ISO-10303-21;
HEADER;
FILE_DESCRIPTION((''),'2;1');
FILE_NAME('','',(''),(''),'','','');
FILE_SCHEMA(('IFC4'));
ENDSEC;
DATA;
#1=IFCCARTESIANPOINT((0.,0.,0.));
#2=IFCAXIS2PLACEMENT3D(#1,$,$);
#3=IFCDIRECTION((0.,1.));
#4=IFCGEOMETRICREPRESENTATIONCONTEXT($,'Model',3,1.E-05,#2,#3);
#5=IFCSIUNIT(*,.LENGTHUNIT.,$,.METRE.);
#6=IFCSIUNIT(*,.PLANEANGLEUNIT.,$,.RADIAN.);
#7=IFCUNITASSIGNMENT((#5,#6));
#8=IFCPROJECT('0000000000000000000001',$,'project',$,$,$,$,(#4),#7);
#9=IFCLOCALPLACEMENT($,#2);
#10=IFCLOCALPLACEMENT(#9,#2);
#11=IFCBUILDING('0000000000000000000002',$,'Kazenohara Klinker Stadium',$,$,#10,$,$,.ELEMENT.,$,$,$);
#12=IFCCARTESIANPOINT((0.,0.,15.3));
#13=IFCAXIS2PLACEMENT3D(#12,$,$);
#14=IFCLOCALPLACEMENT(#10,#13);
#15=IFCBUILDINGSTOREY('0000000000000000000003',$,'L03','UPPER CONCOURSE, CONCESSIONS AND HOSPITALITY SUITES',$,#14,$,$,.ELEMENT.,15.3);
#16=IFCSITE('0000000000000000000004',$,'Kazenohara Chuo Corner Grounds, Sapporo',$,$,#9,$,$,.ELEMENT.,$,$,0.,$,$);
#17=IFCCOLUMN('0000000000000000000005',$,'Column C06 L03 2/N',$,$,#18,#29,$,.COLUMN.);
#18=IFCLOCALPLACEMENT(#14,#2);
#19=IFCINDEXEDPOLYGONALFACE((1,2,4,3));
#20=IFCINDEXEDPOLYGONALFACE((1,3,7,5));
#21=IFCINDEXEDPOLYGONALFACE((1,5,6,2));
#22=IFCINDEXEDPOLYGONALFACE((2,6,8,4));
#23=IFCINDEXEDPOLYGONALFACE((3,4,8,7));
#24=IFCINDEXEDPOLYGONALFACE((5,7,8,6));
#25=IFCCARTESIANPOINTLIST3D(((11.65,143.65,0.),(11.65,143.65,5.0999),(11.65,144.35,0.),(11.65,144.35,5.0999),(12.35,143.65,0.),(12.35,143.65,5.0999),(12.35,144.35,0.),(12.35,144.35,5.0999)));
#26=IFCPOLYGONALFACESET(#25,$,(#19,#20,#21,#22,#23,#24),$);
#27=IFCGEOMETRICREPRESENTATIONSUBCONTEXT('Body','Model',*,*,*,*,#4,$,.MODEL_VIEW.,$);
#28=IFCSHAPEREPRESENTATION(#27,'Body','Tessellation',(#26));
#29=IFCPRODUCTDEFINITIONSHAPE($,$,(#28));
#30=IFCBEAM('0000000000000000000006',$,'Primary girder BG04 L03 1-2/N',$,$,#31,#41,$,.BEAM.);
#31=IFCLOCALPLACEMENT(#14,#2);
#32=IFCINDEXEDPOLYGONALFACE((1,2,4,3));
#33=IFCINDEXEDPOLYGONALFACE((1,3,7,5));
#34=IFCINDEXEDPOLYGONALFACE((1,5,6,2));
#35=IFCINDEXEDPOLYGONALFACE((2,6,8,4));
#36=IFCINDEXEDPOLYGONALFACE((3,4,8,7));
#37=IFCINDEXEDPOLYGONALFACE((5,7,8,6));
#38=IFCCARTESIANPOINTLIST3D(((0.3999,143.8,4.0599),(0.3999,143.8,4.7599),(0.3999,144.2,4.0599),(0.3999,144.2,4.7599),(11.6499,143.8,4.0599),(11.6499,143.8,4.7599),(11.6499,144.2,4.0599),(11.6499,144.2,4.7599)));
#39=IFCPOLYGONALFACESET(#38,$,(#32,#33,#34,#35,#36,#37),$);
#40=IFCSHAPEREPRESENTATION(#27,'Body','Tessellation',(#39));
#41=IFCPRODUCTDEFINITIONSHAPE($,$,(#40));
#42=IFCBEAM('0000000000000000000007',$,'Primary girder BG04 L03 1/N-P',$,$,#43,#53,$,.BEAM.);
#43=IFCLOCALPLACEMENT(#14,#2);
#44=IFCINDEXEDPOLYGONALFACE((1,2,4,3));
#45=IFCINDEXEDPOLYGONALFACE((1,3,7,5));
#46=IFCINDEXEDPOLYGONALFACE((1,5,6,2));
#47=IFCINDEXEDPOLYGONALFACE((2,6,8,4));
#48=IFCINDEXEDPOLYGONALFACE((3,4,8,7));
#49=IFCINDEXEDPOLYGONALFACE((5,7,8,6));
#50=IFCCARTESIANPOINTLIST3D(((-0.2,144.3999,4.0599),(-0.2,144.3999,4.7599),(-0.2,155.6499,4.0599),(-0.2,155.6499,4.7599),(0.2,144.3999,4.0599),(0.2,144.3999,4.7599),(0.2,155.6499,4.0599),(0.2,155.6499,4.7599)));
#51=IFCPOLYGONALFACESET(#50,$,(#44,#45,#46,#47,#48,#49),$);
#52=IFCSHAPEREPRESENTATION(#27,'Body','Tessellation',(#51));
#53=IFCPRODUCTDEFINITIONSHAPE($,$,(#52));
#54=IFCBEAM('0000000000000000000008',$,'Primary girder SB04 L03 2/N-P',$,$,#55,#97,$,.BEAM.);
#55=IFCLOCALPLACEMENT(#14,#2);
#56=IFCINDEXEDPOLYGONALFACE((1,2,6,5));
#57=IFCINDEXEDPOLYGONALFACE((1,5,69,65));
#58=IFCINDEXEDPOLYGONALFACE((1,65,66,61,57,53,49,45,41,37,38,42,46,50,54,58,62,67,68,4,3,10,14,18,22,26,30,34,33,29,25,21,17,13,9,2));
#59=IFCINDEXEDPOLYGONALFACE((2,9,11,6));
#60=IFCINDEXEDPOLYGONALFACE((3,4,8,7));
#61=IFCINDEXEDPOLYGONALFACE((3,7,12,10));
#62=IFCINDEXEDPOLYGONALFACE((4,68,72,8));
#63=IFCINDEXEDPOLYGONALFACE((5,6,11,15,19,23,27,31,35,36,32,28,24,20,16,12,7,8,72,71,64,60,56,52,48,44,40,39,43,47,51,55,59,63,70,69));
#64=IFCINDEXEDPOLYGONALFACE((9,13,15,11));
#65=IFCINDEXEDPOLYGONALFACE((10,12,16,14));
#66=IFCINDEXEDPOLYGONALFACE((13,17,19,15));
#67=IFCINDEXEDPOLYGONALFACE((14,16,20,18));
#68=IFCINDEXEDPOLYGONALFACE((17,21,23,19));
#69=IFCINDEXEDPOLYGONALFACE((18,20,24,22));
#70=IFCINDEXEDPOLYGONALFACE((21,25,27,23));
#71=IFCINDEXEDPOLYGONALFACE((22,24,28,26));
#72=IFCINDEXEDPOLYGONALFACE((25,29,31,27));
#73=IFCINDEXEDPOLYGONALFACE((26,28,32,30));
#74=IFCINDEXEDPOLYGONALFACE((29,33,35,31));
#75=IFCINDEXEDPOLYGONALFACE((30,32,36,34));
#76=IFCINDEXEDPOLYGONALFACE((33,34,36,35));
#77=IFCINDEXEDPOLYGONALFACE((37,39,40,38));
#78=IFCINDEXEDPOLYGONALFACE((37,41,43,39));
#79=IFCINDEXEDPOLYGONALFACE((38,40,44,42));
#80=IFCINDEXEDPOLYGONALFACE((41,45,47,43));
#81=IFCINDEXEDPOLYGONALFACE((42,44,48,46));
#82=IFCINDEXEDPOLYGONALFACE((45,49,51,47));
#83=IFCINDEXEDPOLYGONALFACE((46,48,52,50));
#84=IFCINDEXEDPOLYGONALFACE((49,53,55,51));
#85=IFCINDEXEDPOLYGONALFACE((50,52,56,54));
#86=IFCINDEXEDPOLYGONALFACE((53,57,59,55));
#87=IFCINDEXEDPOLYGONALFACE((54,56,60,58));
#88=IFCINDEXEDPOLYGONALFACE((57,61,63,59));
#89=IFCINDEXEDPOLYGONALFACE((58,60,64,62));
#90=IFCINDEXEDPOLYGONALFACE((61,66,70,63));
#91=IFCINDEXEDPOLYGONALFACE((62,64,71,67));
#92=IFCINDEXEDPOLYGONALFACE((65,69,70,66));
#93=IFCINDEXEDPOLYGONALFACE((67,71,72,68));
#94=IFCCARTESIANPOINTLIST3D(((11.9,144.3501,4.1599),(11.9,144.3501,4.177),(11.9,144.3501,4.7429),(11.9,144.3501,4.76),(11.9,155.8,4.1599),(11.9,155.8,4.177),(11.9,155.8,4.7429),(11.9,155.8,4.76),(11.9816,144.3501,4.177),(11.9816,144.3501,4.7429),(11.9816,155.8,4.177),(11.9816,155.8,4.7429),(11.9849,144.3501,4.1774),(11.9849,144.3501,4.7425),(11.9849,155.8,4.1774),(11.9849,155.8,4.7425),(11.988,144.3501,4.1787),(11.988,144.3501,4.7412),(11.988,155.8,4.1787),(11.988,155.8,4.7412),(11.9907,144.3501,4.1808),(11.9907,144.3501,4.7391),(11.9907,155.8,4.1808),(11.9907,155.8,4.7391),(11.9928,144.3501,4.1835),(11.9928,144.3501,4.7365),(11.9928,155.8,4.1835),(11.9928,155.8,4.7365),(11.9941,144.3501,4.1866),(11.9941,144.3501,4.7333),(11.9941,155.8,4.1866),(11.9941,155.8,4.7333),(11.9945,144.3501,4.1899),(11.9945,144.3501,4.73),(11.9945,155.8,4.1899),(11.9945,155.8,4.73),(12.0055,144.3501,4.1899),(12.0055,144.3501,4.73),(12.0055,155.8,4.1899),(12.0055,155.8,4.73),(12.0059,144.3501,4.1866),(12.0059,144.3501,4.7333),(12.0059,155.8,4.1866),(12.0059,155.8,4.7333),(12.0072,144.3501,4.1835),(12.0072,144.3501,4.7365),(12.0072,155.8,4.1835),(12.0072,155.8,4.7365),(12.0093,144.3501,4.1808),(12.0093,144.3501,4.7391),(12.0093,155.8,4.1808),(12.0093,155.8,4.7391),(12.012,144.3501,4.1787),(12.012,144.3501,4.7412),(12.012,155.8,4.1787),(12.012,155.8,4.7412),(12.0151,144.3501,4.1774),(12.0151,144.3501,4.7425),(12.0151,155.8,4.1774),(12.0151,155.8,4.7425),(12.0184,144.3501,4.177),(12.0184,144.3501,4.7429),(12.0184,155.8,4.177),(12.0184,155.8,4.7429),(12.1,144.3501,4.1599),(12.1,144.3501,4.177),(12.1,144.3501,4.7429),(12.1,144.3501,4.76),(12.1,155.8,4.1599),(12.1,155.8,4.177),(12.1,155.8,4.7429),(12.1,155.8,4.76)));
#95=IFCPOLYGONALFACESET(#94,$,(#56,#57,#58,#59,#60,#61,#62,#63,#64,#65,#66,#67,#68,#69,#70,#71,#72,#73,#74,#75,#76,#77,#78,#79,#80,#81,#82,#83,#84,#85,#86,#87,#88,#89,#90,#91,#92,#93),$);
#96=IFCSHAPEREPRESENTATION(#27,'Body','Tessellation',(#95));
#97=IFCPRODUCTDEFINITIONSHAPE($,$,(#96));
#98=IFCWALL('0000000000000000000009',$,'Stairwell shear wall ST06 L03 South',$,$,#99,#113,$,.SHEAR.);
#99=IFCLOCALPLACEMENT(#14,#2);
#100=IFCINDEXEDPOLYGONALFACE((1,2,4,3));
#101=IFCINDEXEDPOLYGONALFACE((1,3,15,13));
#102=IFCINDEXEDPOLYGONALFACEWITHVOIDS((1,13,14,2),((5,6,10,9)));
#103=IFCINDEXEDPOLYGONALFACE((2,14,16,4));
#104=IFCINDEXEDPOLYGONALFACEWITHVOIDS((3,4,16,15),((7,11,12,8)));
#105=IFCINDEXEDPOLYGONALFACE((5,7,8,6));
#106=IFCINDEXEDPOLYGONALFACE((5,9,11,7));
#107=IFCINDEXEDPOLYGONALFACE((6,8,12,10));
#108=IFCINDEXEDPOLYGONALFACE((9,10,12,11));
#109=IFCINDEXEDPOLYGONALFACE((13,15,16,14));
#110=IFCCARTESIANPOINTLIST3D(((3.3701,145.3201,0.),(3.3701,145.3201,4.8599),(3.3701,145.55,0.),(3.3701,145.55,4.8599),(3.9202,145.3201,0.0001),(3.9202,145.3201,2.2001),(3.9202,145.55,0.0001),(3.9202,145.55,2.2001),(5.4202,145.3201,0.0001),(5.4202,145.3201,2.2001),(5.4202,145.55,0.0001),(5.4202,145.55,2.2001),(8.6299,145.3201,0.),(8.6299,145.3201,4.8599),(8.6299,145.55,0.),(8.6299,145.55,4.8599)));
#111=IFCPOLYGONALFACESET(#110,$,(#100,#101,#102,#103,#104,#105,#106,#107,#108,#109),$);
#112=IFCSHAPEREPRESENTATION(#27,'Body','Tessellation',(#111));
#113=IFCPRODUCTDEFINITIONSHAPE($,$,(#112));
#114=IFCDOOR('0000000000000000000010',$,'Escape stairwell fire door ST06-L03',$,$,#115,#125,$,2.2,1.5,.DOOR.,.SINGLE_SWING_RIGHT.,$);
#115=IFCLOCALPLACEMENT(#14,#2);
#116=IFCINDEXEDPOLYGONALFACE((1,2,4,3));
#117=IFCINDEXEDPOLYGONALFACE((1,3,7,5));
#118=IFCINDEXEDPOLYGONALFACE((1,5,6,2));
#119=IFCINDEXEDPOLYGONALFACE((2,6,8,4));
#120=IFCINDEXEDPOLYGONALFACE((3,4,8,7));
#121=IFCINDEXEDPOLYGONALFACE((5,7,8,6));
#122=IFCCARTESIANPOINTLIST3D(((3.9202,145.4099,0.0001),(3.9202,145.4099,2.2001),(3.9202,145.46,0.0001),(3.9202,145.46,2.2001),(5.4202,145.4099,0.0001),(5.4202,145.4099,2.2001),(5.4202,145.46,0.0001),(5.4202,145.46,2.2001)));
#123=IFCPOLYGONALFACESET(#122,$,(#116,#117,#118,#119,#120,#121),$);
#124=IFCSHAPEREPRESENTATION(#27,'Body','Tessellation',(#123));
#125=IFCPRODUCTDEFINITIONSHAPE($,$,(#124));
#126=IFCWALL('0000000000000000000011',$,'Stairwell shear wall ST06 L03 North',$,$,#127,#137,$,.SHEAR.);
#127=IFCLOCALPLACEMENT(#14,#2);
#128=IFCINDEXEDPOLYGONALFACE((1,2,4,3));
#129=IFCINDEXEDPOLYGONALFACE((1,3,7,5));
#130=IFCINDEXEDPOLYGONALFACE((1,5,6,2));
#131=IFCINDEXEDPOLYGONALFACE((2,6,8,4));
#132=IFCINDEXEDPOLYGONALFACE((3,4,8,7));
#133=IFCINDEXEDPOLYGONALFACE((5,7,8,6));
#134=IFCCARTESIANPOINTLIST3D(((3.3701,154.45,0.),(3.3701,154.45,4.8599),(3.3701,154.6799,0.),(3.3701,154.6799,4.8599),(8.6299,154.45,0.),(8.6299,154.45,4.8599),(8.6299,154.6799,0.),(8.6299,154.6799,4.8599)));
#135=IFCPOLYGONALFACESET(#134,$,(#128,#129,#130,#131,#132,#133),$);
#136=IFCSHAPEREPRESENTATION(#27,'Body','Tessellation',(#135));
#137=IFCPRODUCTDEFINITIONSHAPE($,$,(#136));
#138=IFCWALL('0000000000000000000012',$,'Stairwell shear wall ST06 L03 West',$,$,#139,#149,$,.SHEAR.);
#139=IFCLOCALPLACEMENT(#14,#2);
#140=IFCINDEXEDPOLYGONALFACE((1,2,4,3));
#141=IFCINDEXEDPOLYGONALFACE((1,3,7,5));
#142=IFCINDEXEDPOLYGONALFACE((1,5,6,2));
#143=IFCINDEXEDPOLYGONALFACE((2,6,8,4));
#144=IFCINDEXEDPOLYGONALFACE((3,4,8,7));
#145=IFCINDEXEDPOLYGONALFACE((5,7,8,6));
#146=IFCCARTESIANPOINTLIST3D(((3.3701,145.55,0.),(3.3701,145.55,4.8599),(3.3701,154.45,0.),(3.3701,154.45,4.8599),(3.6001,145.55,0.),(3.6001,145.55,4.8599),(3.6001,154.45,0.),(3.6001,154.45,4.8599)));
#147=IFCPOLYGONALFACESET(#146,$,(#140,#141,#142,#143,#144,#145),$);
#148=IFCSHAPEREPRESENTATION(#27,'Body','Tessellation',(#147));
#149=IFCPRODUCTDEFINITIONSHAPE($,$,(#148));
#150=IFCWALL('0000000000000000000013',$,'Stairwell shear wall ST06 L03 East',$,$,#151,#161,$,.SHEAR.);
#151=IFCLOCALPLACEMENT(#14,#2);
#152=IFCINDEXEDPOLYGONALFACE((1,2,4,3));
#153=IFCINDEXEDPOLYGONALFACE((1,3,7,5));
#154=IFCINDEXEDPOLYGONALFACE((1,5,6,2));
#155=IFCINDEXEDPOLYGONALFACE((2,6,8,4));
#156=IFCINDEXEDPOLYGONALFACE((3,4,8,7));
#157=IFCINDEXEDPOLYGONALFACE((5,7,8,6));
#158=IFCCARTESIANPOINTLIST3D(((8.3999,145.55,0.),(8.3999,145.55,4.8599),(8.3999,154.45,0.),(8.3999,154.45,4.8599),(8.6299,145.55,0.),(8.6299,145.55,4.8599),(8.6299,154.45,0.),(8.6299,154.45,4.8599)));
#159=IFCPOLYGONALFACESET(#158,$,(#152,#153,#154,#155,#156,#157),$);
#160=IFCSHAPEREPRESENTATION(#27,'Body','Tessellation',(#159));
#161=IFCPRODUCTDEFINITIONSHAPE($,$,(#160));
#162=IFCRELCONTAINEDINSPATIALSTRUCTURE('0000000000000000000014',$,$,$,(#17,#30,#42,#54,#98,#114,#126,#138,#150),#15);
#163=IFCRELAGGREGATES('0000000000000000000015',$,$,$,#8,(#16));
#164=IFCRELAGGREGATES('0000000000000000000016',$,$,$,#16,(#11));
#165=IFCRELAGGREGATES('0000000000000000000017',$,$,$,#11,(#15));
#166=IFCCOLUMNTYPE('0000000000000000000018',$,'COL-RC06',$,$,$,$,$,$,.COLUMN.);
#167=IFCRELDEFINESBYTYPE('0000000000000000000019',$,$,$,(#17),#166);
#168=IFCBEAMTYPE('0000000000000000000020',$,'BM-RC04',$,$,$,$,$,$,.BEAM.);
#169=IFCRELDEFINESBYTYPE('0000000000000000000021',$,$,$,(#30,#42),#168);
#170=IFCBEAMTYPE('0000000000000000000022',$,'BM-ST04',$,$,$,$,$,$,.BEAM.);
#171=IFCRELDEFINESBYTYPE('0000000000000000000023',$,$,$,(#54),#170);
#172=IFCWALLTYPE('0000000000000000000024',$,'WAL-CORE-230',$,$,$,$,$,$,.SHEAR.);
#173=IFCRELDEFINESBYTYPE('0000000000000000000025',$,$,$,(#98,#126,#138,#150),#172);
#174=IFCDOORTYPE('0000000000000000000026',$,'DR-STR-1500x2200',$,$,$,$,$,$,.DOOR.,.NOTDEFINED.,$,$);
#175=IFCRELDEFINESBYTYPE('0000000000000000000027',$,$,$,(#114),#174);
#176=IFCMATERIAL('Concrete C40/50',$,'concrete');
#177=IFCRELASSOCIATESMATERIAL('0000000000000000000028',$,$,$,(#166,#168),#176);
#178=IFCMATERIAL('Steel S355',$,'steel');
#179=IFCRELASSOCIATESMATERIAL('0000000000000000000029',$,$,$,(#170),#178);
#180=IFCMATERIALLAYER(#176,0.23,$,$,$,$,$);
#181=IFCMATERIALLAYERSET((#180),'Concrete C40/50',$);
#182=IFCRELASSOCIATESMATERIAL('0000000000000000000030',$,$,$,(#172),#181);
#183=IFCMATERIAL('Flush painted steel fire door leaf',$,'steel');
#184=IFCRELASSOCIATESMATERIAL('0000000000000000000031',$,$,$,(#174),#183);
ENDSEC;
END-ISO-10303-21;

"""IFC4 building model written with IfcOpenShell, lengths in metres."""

from ifc_helpers import new_model, si_unit, direction, frame, frame_2d, origin, origin_2d, place, context, subcontext, project, spatial, rectangle, i_section, extrude, material, layer, layer_set, material_profile, profile_set, type_object, element, fill, save


model = new_model("IFC4")

# Units and contexts
model_context = context("Model", 3, precision=1e-05, world=origin(), true_north=direction((0.0, 1.0)))
body_context = subcontext(model_context, "Body", "Model", "MODEL_VIEW")
ifc_project = project(units=[si_unit("LENGTHUNIT", "METRE"), si_unit("PLANEANGLEUNIT", "RADIAN")], contexts=[model_context])

# Site, building, storey
site_placement = place(None, origin())
site = spatial("IfcSite", under=ifc_project, at=site_placement, Name="Kazenohara Chuo Corner Grounds, Sapporo", CompositionType="ELEMENT", RefElevation=0.0)
building_placement = place(site_placement, origin())
building = spatial("IfcBuilding", under=site, at=building_placement, Name="Kazenohara Klinker Stadium", CompositionType="ELEMENT")
storey_placement = place(building_placement, frame((0.0, 0.0, 15.3)))
storey = spatial("IfcBuildingStorey", under=building, at=storey_placement, Name="L03", Description="UPPER CONCOURSE, CONCESSIONS AND HOSPITALITY SUITES", CompositionType="ELEMENT", Elevation=15.3)

# Column
ifc_material_1 = material(Name="Concrete C40/50", Category="concrete")
ifc_material_profile_1 = material_profile(ifc_material_1, rectangle(XDim=0.7, YDim=0.7, at=origin_2d()), Name="RC-COL-700x700")
ifc_profile_set_1 = profile_set([ifc_material_profile_1], Name="Concrete C40/50")
column_type = type_object("IfcColumnType", Name="COL-RC06", PredefinedType="COLUMN", material=ifc_profile_set_1)
column_placement = place(storey_placement, frame((12.0, 144.0, 0.0), z_axis=(0.0, 0.0, 1.0), x_axis=(1.0, 0.0, 0.0)))
element("IfcColumn", 1, at=column_placement, inside=storey, type_object=column_type, Name="Column C06 L03 2/N", PredefinedType="COLUMN", context=body_context, shape_type="SweptSolid", body=[
    extrude(rectangle(XDim=0.7, YDim=0.7, at=origin_2d()), origin(), (0.0, 0.0, 1.0), 5.0999),
])

# Beams
ifc_material_profile_2 = material_profile(ifc_material_1, rectangle(XDim=0.3999, YDim=0.7, at=origin_2d()), Name="RC-BM-400x700")
ifc_profile_set_2 = profile_set([ifc_material_profile_2], Name="Concrete C40/50")
beam_type_1 = type_object("IfcBeamType", Name="BM-RC04", PredefinedType="BEAM", material=ifc_profile_set_2)
for number, where, z_axis, x_axis, name in (
    (2, (0.3999, 144.0, 4.4099), (1.0, 0.0, 0.0), (0.0, 1.0, 0.0), "Primary girder BG04 L03 1-2/N"),
    (3, (0.0, 144.3999, 4.4099), (0.0, 1.0, 0.0), (-1.0, 0.0, 0.0), "Primary girder BG04 L03 1/N-P"),
):
    element("IfcBeam", number, at=place(storey_placement, frame(where, z_axis=z_axis, x_axis=x_axis)), inside=storey, type_object=beam_type_1, Name=name, PredefinedType="BEAM", context=body_context, shape_type="SweptSolid", body=[
        extrude(rectangle(XDim=0.3999, YDim=0.7, at=origin_2d()), origin(), (0.0, 0.0, 1.0), 11.25),
    ])
ifc_material_2 = material(Name="Steel S355", Category="steel")
ifc_material_profile_3 = material_profile(ifc_material_2, i_section(OverallWidth=0.2, OverallDepth=0.6001, WebThickness=0.011, FlangeThickness=0.0171, FilletRadius=0.0129, at=origin_2d()), Name="H-600x200x11x17")
ifc_profile_set_3 = profile_set([ifc_material_profile_3], Name="Steel S355")
beam_type_2 = type_object("IfcBeamType", Name="BM-ST04", PredefinedType="BEAM", material=ifc_profile_set_3)
beam_placement = place(storey_placement, frame((12.0, 144.3501, 4.46), z_axis=(0.0, 1.0, 0.0), x_axis=(-1.0, 0.0, 0.0)))
element("IfcBeam", 4, at=beam_placement, inside=storey, type_object=beam_type_2, Name="Primary girder SB04 L03 2/N-P", PredefinedType="BEAM", context=body_context, shape_type="SweptSolid", body=[
    extrude(i_section(OverallWidth=0.2, OverallDepth=0.6001, WebThickness=0.011, FlangeThickness=0.0171, FilletRadius=0.0129, at=origin_2d()), origin(), (0.0, 0.0, 1.0), 11.45),
])

# Wall, opening, door
ifc_layer_1 = layer(ifc_material_1, 0.23)
ifc_layer_set_1 = layer_set([ifc_layer_1], Name="Concrete C40/50")
wall_type_1 = type_object("IfcWallType", Name="WAL-CORE-230", PredefinedType="SHEAR", material=ifc_layer_set_1)
wall_1_placement = place(storey_placement, frame((3.3701, 145.4351, 0.0), z_axis=(0.0, 0.0, 1.0), x_axis=(1.0, 0.0, 0.0)))
wall_1 = element("IfcWall", 5, at=wall_1_placement, inside=storey, type_object=wall_type_1, Name="Stairwell shear wall ST06 L03 South", PredefinedType="SHEAR", context=body_context, shape_type="SweptSolid", body=[
    extrude(rectangle(XDim=5.2598, YDim=0.23, at=frame_2d((2.6299, 0.0))), origin(), (0.0, 0.0, 1.0), 4.8599),
])
opening_1_placement = place(wall_1_placement, frame((0.55, 0.0, 0.0)))
opening_1 = element("IfcOpeningElement", 6, at=opening_1_placement, cuts=wall_1, PredefinedType="OPENING", context=body_context, shape_type="SweptSolid", body=[
    extrude(rectangle(XDim=1.5, YDim=2.2, at=frame_2d((0.75, 1.1001))), frame((0.0, 0.125, 0.0), z_axis=(0.0, -1.0, 0.0), x_axis=(1.0, 0.0, 0.0)), (0.0, 0.0, 1.0), 0.25),
])
ifc_material_3 = material(Name="Flush painted steel fire door leaf", Category="steel")
door_type = type_object("IfcDoorType", Name="DR-STR-1500x2200", OperationType="NOTDEFINED", PredefinedType="DOOR", material=ifc_material_3)
door_placement = place(opening_1_placement, origin())
door = element("IfcDoor", 7, at=door_placement, inside=storey, type_object=door_type, Name="Escape stairwell fire door ST06-L03", OperationType="SINGLE_SWING_RIGHT", OverallHeight=2.2, OverallWidth=1.5, PredefinedType="DOOR", context=body_context, shape_type="SweptSolid", body=[
    extrude(rectangle(XDim=1.5, YDim=2.2, at=frame_2d((0.75, 1.1001))), frame((0.0, 0.0249, 0.0), z_axis=(0.0, -1.0, 0.0), x_axis=(1.0, 0.0, 0.0)), (0.0, 0.0, 1.0), 0.05),
])
fill(opening_1, door)

# Walls
wall_2_placement = place(storey_placement, frame((3.3701, 154.5649, 0.0), z_axis=(0.0, 0.0, 1.0), x_axis=(1.0, 0.0, 0.0)))
element("IfcWall", 8, at=wall_2_placement, inside=storey, type_object=wall_type_1, Name="Stairwell shear wall ST06 L03 North", PredefinedType="SHEAR", context=body_context, shape_type="SweptSolid", body=[
    extrude(rectangle(XDim=5.2598, YDim=0.23, at=frame_2d((2.6299, 0.0))), origin(), (0.0, 0.0, 1.0), 4.8599),
])
for number, where, z_axis, x_axis, name in (
    (9, (3.4851, 145.55, 0.0), (0.0, 0.0, 1.0), (0.0, 1.0, 0.0), "Stairwell shear wall ST06 L03 West"),
    (10, (8.5149, 145.55, 0.0), (0.0, 0.0, 1.0), (0.0, 1.0, 0.0), "Stairwell shear wall ST06 L03 East"),
):
    element("IfcWall", number, at=place(storey_placement, frame(where, z_axis=z_axis, x_axis=x_axis)), inside=storey, type_object=wall_type_1, Name=name, PredefinedType="SHEAR", context=body_context, shape_type="SweptSolid", body=[
        extrude(rectangle(XDim=8.8999, YDim=0.23, at=frame_2d((4.45, 0.0))), origin(), (0.0, 0.0, 1.0), 4.8599),
    ])

save(model, "model.ifc")
